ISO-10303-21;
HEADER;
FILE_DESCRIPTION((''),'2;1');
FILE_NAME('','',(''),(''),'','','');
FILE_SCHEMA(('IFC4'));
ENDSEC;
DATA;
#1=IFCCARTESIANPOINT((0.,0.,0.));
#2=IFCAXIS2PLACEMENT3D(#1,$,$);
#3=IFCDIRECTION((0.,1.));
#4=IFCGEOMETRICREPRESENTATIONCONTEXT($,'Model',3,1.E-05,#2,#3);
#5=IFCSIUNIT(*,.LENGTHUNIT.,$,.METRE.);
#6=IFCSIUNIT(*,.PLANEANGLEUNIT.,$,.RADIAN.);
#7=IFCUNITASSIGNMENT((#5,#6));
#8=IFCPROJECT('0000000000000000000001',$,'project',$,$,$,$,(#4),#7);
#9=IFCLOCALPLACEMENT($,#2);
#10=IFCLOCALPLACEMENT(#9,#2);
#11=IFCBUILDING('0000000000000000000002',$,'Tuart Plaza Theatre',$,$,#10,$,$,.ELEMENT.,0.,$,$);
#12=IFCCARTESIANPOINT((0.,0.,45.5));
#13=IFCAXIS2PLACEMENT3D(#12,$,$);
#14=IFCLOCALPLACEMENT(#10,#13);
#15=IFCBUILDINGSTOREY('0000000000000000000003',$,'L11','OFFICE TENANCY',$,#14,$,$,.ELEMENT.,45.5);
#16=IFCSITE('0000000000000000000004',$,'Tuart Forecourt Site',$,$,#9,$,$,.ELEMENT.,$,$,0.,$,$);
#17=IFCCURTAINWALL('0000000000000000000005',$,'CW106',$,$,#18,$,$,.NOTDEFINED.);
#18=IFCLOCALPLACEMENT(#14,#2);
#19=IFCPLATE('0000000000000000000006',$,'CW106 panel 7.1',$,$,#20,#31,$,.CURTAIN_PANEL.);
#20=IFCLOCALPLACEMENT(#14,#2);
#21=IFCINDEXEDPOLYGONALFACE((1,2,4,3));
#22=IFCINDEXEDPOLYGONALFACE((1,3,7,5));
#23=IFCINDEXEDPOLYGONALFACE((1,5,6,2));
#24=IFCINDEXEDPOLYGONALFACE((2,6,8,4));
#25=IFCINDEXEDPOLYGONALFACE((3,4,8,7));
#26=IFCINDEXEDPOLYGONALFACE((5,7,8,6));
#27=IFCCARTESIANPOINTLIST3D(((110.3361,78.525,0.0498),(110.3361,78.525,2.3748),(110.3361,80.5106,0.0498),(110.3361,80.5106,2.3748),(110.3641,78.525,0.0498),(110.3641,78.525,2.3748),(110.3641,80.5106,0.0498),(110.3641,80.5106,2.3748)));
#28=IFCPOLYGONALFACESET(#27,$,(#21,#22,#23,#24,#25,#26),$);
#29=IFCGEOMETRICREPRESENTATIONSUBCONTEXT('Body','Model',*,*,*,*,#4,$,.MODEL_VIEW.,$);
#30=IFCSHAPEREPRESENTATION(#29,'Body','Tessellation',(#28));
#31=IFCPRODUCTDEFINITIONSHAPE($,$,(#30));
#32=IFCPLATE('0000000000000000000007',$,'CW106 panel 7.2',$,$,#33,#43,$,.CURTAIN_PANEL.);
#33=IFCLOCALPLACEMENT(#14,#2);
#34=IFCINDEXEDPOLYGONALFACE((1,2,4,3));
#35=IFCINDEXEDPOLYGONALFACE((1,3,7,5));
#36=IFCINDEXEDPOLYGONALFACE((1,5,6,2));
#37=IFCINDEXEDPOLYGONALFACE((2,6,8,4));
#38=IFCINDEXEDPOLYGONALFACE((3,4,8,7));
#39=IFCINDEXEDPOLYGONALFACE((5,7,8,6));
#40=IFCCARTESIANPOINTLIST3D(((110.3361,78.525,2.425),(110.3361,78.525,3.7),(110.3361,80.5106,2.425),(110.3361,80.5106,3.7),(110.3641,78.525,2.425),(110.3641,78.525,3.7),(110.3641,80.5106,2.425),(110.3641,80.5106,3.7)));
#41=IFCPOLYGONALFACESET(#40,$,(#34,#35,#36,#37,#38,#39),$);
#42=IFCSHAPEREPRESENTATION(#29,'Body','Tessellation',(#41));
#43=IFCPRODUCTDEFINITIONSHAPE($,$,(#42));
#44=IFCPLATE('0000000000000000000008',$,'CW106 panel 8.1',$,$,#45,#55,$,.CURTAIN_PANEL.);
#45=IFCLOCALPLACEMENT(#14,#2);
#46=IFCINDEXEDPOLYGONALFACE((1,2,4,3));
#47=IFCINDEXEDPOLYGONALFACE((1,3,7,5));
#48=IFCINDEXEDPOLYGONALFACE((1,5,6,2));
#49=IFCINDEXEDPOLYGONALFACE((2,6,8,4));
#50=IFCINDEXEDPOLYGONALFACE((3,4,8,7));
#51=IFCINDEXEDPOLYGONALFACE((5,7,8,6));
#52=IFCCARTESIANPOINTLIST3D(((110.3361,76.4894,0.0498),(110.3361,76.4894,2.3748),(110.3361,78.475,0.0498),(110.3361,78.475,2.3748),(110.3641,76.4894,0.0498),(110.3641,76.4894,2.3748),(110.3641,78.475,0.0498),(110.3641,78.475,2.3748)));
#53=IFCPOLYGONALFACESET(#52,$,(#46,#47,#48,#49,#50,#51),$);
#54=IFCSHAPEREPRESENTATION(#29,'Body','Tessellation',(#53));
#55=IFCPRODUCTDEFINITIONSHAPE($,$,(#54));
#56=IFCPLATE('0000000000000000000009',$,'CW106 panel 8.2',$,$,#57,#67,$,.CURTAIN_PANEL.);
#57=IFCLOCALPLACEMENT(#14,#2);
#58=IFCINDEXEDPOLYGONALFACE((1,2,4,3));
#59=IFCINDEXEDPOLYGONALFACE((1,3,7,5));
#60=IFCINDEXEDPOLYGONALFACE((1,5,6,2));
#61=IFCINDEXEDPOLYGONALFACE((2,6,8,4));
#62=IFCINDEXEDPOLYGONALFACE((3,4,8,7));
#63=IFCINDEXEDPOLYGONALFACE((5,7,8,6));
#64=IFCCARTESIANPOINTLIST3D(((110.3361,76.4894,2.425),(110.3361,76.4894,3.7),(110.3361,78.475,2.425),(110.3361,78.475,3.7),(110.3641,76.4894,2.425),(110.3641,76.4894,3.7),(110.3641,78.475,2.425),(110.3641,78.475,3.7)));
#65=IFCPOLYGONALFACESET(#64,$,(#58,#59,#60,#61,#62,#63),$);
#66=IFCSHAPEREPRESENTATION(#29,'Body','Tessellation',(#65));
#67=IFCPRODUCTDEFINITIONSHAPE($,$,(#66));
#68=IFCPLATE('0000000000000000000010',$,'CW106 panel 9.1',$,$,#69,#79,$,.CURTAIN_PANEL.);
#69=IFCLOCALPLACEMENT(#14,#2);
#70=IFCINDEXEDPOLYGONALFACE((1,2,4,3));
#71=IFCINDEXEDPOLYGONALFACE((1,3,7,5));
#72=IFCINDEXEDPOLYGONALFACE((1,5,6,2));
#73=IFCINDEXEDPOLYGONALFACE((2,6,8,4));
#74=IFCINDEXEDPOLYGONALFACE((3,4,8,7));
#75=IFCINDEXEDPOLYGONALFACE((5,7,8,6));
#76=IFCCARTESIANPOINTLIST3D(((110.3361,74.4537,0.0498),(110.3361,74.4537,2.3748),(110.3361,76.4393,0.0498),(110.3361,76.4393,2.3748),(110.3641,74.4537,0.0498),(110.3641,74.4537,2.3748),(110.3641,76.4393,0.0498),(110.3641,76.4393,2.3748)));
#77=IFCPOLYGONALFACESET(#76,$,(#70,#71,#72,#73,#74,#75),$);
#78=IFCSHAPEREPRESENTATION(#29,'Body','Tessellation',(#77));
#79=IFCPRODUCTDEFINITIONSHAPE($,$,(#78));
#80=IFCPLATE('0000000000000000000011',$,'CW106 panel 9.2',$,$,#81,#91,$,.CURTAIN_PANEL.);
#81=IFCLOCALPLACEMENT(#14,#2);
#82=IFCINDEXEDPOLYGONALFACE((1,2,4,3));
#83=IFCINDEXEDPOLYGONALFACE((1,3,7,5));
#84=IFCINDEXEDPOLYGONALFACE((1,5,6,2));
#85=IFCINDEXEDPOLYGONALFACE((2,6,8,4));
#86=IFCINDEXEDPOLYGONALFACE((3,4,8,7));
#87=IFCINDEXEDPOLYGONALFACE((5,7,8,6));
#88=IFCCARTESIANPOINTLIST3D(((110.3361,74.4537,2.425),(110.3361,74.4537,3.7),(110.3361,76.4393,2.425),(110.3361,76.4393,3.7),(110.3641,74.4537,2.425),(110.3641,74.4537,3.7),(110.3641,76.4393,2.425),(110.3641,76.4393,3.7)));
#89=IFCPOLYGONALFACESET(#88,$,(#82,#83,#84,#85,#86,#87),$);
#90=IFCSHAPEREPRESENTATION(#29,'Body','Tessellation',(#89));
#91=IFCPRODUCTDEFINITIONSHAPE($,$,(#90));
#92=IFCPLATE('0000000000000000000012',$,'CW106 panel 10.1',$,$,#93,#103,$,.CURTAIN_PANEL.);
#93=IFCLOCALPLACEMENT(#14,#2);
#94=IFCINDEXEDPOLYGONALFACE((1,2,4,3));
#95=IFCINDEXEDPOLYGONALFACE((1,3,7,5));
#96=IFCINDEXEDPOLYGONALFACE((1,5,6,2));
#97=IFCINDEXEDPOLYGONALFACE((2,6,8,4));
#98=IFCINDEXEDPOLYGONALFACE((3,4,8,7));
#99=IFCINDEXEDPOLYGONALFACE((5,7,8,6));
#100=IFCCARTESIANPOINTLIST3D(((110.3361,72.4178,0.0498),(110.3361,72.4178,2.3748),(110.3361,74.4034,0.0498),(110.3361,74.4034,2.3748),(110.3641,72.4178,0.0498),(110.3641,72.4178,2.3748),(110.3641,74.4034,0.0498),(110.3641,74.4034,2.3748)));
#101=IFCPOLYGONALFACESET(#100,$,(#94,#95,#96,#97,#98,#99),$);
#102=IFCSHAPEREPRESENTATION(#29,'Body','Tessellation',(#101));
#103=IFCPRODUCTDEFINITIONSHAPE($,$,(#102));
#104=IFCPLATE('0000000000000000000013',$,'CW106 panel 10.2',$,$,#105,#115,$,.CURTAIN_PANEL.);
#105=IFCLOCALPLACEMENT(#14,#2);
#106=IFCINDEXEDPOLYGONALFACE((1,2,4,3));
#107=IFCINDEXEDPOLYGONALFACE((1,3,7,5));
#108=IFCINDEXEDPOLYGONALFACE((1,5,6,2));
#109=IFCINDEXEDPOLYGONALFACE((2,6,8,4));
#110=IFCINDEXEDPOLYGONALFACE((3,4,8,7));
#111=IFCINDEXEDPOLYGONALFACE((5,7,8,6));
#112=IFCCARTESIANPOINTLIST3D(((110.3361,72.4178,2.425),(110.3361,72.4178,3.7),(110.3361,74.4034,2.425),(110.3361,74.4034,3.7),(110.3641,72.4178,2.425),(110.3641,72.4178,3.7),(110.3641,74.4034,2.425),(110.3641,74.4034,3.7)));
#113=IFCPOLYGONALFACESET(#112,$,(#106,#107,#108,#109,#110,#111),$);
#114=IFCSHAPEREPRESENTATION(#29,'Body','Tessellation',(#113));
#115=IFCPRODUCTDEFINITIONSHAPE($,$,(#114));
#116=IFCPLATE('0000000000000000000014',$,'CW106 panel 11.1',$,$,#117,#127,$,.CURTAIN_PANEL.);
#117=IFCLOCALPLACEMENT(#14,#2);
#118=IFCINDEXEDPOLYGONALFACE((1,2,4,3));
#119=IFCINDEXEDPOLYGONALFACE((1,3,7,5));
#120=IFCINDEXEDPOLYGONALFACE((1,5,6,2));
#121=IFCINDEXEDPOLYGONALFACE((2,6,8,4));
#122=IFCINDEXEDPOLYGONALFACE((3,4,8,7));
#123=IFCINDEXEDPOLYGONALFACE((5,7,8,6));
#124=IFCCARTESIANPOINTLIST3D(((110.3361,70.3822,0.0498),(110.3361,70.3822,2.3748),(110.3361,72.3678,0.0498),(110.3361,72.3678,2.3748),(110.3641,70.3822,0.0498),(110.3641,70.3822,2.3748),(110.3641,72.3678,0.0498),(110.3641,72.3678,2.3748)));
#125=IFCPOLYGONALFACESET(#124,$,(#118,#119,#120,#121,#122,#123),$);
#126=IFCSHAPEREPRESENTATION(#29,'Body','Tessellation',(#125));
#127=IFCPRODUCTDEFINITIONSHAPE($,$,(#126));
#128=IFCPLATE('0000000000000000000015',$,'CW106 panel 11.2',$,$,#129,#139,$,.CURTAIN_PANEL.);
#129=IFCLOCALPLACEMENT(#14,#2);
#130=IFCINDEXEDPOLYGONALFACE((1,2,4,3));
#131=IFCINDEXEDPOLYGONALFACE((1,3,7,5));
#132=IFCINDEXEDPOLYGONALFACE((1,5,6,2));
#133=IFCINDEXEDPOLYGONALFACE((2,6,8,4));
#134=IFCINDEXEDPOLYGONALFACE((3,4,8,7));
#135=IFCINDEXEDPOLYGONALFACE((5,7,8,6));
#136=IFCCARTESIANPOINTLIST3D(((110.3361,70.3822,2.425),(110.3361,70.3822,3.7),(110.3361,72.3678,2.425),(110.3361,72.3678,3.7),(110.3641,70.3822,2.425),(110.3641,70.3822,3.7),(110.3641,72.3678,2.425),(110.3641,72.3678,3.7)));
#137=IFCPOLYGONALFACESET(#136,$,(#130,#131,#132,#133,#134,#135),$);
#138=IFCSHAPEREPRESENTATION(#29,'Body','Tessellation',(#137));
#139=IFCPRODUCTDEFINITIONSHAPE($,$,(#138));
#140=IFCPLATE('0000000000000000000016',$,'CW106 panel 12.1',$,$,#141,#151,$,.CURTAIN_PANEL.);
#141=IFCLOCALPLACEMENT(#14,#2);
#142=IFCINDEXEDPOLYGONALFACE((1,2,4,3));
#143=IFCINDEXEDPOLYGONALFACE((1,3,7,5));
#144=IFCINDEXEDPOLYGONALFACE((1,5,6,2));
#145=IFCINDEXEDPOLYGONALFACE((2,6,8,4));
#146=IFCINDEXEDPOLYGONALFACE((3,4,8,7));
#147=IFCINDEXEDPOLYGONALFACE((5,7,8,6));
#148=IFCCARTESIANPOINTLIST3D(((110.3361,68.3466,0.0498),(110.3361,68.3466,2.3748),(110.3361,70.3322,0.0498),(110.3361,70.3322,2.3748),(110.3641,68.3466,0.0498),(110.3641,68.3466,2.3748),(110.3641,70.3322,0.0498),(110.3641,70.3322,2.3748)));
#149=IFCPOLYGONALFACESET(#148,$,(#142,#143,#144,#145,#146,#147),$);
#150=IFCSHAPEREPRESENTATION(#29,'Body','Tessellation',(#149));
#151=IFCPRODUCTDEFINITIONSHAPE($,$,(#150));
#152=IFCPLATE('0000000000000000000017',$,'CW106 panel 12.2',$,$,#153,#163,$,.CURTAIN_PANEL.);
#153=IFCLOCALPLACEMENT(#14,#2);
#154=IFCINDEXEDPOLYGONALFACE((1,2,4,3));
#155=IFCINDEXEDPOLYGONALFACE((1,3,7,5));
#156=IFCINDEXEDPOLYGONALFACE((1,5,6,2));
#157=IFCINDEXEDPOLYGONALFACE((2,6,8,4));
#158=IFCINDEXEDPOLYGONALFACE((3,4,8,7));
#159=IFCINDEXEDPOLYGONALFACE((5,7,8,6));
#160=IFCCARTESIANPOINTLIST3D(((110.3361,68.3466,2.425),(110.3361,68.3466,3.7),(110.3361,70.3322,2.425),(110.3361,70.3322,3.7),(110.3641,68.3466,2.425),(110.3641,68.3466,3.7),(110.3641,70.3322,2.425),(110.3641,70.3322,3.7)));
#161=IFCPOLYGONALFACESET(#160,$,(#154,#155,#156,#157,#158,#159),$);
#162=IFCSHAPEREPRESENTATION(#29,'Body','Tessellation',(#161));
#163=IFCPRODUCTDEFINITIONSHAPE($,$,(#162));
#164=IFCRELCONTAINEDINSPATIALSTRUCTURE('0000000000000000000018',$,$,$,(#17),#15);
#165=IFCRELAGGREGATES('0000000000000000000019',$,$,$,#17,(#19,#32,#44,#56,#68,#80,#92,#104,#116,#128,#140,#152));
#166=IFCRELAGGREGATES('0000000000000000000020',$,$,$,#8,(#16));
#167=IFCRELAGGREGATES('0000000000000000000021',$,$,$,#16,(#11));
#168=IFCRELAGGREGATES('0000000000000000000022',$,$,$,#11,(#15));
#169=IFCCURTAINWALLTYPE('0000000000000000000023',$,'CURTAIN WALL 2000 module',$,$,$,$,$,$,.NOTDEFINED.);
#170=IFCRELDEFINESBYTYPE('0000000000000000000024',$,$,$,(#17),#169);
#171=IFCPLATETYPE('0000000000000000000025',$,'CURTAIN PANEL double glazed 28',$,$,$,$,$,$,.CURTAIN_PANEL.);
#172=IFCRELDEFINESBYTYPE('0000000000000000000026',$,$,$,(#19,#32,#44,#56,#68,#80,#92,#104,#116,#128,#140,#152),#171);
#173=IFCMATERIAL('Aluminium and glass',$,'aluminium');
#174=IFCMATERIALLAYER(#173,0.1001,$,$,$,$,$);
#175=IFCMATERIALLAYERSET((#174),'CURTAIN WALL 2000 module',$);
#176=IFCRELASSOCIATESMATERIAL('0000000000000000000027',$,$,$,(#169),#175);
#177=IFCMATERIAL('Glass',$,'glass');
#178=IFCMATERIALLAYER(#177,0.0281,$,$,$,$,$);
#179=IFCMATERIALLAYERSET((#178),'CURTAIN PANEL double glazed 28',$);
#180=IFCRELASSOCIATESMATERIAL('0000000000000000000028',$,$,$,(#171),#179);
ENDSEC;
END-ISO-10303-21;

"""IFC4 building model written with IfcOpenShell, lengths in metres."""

from ifc_helpers import new_model, si_unit, direction, frame, origin, origin_2d, place, context, subcontext, project, spatial, rectangle, extrude, material, layer, layer_set, type_object, element, aggregate, save


model = new_model("IFC4")

# Units and contexts
model_context = context("Model", 3, precision=1e-05, world=origin(), true_north=direction((0.0, 1.0)))
body_context = subcontext(model_context, "Body", "Model", "MODEL_VIEW")
ifc_project = project(units=[si_unit("LENGTHUNIT", "METRE"), si_unit("PLANEANGLEUNIT", "RADIAN")], contexts=[model_context])

# Site, building, storey
site_placement = place(None, origin())
site = spatial("IfcSite", under=ifc_project, at=site_placement, Name="Tuart Forecourt Site", CompositionType="ELEMENT", RefElevation=0.0)
building_placement = place(site_placement, origin())
building = spatial("IfcBuilding", under=site, at=building_placement, Name="Tuart Plaza Theatre", CompositionType="ELEMENT", ElevationOfRefHeight=0.0)
storey_placement = place(building_placement, frame((0.0, 0.0, 45.5)))
storey = spatial("IfcBuildingStorey", under=building, at=storey_placement, Name="L11", Description="OFFICE TENANCY", CompositionType="ELEMENT", Elevation=45.5)

# Curtain wall, plates
ifc_material_1 = material(Name="Aluminium and glass", Category="aluminium")
ifc_layer_1 = layer(ifc_material_1, 0.1001)
ifc_layer_set_1 = layer_set([ifc_layer_1], Name="CURTAIN WALL 2000 module")
curtain_wall_type = type_object("IfcCurtainWallType", Name="CURTAIN WALL 2000 module", PredefinedType="NOTDEFINED", material=ifc_layer_set_1)
curtain_wall_placement = place(storey_placement, origin())
curtain_wall = element("IfcCurtainWall", 1, at=curtain_wall_placement, inside=storey, type_object=curtain_wall_type, Name="CW106", PredefinedType="NOTDEFINED")
ifc_material_2 = material(Name="Glass", Category="glass")
ifc_layer_2 = layer(ifc_material_2, 0.0281)
ifc_layer_set_2 = layer_set([ifc_layer_2], Name="CURTAIN PANEL double glazed 28")
plate_type = type_object("IfcPlateType", Name="CURTAIN PANEL double glazed 28", PredefinedType="CURTAIN_PANEL", material=ifc_layer_set_2)
plate_1_placement = place(storey_placement, frame((110.3501, 79.5178, 0.0498), z_axis=(0.0, 0.0, 1.0), x_axis=(0.0, -1.0, 0.0)))
plate_1 = element("IfcPlate", 2, at=plate_1_placement, type_object=plate_type, Name="CW106 panel 7.1", PredefinedType="CURTAIN_PANEL", context=body_context, shape_type="SweptSolid", body=[
    extrude(rectangle(XDim=1.9856, YDim=0.0281, at=origin_2d()), origin(), (0.0, 0.0, 1.0), 2.325),
])
plate_2_placement = place(storey_placement, frame((110.3501, 79.5178, 2.425), z_axis=(0.0, 0.0, 1.0), x_axis=(0.0, -1.0, 0.0)))
plate_2 = element("IfcPlate", 3, at=plate_2_placement, type_object=plate_type, Name="CW106 panel 7.2", PredefinedType="CURTAIN_PANEL", context=body_context, shape_type="SweptSolid", body=[
    extrude(rectangle(XDim=1.9856, YDim=0.0281, at=origin_2d()), origin(), (0.0, 0.0, 1.0), 1.2749),
])
plate_3_placement = place(storey_placement, frame((110.3501, 77.4822, 0.0498), z_axis=(0.0, 0.0, 1.0), x_axis=(0.0, -1.0, 0.0)))
plate_3 = element("IfcPlate", 4, at=plate_3_placement, type_object=plate_type, Name="CW106 panel 8.1", PredefinedType="CURTAIN_PANEL", context=body_context, shape_type="SweptSolid", body=[
    extrude(rectangle(XDim=1.9856, YDim=0.0281, at=origin_2d()), origin(), (0.0, 0.0, 1.0), 2.325),
])
plate_4_placement = place(storey_placement, frame((110.3501, 77.4822, 2.425), z_axis=(0.0, 0.0, 1.0), x_axis=(0.0, -1.0, 0.0)))
plate_4 = element("IfcPlate", 5, at=plate_4_placement, type_object=plate_type, Name="CW106 panel 8.2", PredefinedType="CURTAIN_PANEL", context=body_context, shape_type="SweptSolid", body=[
    extrude(rectangle(XDim=1.9856, YDim=0.0281, at=origin_2d()), origin(), (0.0, 0.0, 1.0), 1.2749),
])
plate_5_placement = place(storey_placement, frame((110.3501, 75.4465, 0.0498), z_axis=(0.0, 0.0, 1.0), x_axis=(0.0, -1.0, 0.0)))
plate_5 = element("IfcPlate", 6, at=plate_5_placement, type_object=plate_type, Name="CW106 panel 9.1", PredefinedType="CURTAIN_PANEL", context=body_context, shape_type="SweptSolid", body=[
    extrude(rectangle(XDim=1.9856, YDim=0.0281, at=origin_2d()), origin(), (0.0, 0.0, 1.0), 2.325),
])
plate_6_placement = place(storey_placement, frame((110.3501, 75.4465, 2.425), z_axis=(0.0, 0.0, 1.0), x_axis=(0.0, -1.0, 0.0)))
plate_6 = element("IfcPlate", 7, at=plate_6_placement, type_object=plate_type, Name="CW106 panel 9.2", PredefinedType="CURTAIN_PANEL", context=body_context, shape_type="SweptSolid", body=[
    extrude(rectangle(XDim=1.9856, YDim=0.0281, at=origin_2d()), origin(), (0.0, 0.0, 1.0), 1.2749),
])
plate_7_placement = place(storey_placement, frame((110.3501, 73.4106, 0.0498), z_axis=(0.0, 0.0, 1.0), x_axis=(0.0, -1.0, 0.0)))
plate_7 = element("IfcPlate", 8, at=plate_7_placement, type_object=plate_type, Name="CW106 panel 10.1", PredefinedType="CURTAIN_PANEL", context=body_context, shape_type="SweptSolid", body=[
    extrude(rectangle(XDim=1.9856, YDim=0.0281, at=origin_2d()), origin(), (0.0, 0.0, 1.0), 2.325),
])
plate_8_placement = place(storey_placement, frame((110.3501, 73.4106, 2.425), z_axis=(0.0, 0.0, 1.0), x_axis=(0.0, -1.0, 0.0)))
plate_8 = element("IfcPlate", 9, at=plate_8_placement, type_object=plate_type, Name="CW106 panel 10.2", PredefinedType="CURTAIN_PANEL", context=body_context, shape_type="SweptSolid", body=[
    extrude(rectangle(XDim=1.9856, YDim=0.0281, at=origin_2d()), origin(), (0.0, 0.0, 1.0), 1.2749),
])
plate_9_placement = place(storey_placement, frame((110.3501, 71.375, 0.0498), z_axis=(0.0, 0.0, 1.0), x_axis=(0.0, -1.0, 0.0)))
plate_9 = element("IfcPlate", 10, at=plate_9_placement, type_object=plate_type, Name="CW106 panel 11.1", PredefinedType="CURTAIN_PANEL", context=body_context, shape_type="SweptSolid", body=[
    extrude(rectangle(XDim=1.9856, YDim=0.0281, at=origin_2d()), origin(), (0.0, 0.0, 1.0), 2.325),
])
plate_10_placement = place(storey_placement, frame((110.3501, 71.375, 2.425), z_axis=(0.0, 0.0, 1.0), x_axis=(0.0, -1.0, 0.0)))
plate_10 = element("IfcPlate", 11, at=plate_10_placement, type_object=plate_type, Name="CW106 panel 11.2", PredefinedType="CURTAIN_PANEL", context=body_context, shape_type="SweptSolid", body=[
    extrude(rectangle(XDim=1.9856, YDim=0.0281, at=origin_2d()), origin(), (0.0, 0.0, 1.0), 1.2749),
])
plate_11_placement = place(storey_placement, frame((110.3501, 69.3394, 0.0498), z_axis=(0.0, 0.0, 1.0), x_axis=(0.0, -1.0, 0.0)))
plate_11 = element("IfcPlate", 12, at=plate_11_placement, type_object=plate_type, Name="CW106 panel 12.1", PredefinedType="CURTAIN_PANEL", context=body_context, shape_type="SweptSolid", body=[
    extrude(rectangle(XDim=1.9856, YDim=0.0281, at=origin_2d()), origin(), (0.0, 0.0, 1.0), 2.325),
])
plate_12_placement = place(storey_placement, frame((110.3501, 69.3394, 2.425), z_axis=(0.0, 0.0, 1.0), x_axis=(0.0, -1.0, 0.0)))
plate_12 = element("IfcPlate", 13, at=plate_12_placement, type_object=plate_type, Name="CW106 panel 12.2", PredefinedType="CURTAIN_PANEL", context=body_context, shape_type="SweptSolid", body=[
    extrude(rectangle(XDim=1.9856, YDim=0.0281, at=origin_2d()), origin(), (0.0, 0.0, 1.0), 1.2749),
])
aggregate(curtain_wall, [plate_1, plate_2, plate_3, plate_4, plate_5, plate_6, plate_7, plate_8, plate_9, plate_10, plate_11, plate_12])

save(model, "model.ifc")
